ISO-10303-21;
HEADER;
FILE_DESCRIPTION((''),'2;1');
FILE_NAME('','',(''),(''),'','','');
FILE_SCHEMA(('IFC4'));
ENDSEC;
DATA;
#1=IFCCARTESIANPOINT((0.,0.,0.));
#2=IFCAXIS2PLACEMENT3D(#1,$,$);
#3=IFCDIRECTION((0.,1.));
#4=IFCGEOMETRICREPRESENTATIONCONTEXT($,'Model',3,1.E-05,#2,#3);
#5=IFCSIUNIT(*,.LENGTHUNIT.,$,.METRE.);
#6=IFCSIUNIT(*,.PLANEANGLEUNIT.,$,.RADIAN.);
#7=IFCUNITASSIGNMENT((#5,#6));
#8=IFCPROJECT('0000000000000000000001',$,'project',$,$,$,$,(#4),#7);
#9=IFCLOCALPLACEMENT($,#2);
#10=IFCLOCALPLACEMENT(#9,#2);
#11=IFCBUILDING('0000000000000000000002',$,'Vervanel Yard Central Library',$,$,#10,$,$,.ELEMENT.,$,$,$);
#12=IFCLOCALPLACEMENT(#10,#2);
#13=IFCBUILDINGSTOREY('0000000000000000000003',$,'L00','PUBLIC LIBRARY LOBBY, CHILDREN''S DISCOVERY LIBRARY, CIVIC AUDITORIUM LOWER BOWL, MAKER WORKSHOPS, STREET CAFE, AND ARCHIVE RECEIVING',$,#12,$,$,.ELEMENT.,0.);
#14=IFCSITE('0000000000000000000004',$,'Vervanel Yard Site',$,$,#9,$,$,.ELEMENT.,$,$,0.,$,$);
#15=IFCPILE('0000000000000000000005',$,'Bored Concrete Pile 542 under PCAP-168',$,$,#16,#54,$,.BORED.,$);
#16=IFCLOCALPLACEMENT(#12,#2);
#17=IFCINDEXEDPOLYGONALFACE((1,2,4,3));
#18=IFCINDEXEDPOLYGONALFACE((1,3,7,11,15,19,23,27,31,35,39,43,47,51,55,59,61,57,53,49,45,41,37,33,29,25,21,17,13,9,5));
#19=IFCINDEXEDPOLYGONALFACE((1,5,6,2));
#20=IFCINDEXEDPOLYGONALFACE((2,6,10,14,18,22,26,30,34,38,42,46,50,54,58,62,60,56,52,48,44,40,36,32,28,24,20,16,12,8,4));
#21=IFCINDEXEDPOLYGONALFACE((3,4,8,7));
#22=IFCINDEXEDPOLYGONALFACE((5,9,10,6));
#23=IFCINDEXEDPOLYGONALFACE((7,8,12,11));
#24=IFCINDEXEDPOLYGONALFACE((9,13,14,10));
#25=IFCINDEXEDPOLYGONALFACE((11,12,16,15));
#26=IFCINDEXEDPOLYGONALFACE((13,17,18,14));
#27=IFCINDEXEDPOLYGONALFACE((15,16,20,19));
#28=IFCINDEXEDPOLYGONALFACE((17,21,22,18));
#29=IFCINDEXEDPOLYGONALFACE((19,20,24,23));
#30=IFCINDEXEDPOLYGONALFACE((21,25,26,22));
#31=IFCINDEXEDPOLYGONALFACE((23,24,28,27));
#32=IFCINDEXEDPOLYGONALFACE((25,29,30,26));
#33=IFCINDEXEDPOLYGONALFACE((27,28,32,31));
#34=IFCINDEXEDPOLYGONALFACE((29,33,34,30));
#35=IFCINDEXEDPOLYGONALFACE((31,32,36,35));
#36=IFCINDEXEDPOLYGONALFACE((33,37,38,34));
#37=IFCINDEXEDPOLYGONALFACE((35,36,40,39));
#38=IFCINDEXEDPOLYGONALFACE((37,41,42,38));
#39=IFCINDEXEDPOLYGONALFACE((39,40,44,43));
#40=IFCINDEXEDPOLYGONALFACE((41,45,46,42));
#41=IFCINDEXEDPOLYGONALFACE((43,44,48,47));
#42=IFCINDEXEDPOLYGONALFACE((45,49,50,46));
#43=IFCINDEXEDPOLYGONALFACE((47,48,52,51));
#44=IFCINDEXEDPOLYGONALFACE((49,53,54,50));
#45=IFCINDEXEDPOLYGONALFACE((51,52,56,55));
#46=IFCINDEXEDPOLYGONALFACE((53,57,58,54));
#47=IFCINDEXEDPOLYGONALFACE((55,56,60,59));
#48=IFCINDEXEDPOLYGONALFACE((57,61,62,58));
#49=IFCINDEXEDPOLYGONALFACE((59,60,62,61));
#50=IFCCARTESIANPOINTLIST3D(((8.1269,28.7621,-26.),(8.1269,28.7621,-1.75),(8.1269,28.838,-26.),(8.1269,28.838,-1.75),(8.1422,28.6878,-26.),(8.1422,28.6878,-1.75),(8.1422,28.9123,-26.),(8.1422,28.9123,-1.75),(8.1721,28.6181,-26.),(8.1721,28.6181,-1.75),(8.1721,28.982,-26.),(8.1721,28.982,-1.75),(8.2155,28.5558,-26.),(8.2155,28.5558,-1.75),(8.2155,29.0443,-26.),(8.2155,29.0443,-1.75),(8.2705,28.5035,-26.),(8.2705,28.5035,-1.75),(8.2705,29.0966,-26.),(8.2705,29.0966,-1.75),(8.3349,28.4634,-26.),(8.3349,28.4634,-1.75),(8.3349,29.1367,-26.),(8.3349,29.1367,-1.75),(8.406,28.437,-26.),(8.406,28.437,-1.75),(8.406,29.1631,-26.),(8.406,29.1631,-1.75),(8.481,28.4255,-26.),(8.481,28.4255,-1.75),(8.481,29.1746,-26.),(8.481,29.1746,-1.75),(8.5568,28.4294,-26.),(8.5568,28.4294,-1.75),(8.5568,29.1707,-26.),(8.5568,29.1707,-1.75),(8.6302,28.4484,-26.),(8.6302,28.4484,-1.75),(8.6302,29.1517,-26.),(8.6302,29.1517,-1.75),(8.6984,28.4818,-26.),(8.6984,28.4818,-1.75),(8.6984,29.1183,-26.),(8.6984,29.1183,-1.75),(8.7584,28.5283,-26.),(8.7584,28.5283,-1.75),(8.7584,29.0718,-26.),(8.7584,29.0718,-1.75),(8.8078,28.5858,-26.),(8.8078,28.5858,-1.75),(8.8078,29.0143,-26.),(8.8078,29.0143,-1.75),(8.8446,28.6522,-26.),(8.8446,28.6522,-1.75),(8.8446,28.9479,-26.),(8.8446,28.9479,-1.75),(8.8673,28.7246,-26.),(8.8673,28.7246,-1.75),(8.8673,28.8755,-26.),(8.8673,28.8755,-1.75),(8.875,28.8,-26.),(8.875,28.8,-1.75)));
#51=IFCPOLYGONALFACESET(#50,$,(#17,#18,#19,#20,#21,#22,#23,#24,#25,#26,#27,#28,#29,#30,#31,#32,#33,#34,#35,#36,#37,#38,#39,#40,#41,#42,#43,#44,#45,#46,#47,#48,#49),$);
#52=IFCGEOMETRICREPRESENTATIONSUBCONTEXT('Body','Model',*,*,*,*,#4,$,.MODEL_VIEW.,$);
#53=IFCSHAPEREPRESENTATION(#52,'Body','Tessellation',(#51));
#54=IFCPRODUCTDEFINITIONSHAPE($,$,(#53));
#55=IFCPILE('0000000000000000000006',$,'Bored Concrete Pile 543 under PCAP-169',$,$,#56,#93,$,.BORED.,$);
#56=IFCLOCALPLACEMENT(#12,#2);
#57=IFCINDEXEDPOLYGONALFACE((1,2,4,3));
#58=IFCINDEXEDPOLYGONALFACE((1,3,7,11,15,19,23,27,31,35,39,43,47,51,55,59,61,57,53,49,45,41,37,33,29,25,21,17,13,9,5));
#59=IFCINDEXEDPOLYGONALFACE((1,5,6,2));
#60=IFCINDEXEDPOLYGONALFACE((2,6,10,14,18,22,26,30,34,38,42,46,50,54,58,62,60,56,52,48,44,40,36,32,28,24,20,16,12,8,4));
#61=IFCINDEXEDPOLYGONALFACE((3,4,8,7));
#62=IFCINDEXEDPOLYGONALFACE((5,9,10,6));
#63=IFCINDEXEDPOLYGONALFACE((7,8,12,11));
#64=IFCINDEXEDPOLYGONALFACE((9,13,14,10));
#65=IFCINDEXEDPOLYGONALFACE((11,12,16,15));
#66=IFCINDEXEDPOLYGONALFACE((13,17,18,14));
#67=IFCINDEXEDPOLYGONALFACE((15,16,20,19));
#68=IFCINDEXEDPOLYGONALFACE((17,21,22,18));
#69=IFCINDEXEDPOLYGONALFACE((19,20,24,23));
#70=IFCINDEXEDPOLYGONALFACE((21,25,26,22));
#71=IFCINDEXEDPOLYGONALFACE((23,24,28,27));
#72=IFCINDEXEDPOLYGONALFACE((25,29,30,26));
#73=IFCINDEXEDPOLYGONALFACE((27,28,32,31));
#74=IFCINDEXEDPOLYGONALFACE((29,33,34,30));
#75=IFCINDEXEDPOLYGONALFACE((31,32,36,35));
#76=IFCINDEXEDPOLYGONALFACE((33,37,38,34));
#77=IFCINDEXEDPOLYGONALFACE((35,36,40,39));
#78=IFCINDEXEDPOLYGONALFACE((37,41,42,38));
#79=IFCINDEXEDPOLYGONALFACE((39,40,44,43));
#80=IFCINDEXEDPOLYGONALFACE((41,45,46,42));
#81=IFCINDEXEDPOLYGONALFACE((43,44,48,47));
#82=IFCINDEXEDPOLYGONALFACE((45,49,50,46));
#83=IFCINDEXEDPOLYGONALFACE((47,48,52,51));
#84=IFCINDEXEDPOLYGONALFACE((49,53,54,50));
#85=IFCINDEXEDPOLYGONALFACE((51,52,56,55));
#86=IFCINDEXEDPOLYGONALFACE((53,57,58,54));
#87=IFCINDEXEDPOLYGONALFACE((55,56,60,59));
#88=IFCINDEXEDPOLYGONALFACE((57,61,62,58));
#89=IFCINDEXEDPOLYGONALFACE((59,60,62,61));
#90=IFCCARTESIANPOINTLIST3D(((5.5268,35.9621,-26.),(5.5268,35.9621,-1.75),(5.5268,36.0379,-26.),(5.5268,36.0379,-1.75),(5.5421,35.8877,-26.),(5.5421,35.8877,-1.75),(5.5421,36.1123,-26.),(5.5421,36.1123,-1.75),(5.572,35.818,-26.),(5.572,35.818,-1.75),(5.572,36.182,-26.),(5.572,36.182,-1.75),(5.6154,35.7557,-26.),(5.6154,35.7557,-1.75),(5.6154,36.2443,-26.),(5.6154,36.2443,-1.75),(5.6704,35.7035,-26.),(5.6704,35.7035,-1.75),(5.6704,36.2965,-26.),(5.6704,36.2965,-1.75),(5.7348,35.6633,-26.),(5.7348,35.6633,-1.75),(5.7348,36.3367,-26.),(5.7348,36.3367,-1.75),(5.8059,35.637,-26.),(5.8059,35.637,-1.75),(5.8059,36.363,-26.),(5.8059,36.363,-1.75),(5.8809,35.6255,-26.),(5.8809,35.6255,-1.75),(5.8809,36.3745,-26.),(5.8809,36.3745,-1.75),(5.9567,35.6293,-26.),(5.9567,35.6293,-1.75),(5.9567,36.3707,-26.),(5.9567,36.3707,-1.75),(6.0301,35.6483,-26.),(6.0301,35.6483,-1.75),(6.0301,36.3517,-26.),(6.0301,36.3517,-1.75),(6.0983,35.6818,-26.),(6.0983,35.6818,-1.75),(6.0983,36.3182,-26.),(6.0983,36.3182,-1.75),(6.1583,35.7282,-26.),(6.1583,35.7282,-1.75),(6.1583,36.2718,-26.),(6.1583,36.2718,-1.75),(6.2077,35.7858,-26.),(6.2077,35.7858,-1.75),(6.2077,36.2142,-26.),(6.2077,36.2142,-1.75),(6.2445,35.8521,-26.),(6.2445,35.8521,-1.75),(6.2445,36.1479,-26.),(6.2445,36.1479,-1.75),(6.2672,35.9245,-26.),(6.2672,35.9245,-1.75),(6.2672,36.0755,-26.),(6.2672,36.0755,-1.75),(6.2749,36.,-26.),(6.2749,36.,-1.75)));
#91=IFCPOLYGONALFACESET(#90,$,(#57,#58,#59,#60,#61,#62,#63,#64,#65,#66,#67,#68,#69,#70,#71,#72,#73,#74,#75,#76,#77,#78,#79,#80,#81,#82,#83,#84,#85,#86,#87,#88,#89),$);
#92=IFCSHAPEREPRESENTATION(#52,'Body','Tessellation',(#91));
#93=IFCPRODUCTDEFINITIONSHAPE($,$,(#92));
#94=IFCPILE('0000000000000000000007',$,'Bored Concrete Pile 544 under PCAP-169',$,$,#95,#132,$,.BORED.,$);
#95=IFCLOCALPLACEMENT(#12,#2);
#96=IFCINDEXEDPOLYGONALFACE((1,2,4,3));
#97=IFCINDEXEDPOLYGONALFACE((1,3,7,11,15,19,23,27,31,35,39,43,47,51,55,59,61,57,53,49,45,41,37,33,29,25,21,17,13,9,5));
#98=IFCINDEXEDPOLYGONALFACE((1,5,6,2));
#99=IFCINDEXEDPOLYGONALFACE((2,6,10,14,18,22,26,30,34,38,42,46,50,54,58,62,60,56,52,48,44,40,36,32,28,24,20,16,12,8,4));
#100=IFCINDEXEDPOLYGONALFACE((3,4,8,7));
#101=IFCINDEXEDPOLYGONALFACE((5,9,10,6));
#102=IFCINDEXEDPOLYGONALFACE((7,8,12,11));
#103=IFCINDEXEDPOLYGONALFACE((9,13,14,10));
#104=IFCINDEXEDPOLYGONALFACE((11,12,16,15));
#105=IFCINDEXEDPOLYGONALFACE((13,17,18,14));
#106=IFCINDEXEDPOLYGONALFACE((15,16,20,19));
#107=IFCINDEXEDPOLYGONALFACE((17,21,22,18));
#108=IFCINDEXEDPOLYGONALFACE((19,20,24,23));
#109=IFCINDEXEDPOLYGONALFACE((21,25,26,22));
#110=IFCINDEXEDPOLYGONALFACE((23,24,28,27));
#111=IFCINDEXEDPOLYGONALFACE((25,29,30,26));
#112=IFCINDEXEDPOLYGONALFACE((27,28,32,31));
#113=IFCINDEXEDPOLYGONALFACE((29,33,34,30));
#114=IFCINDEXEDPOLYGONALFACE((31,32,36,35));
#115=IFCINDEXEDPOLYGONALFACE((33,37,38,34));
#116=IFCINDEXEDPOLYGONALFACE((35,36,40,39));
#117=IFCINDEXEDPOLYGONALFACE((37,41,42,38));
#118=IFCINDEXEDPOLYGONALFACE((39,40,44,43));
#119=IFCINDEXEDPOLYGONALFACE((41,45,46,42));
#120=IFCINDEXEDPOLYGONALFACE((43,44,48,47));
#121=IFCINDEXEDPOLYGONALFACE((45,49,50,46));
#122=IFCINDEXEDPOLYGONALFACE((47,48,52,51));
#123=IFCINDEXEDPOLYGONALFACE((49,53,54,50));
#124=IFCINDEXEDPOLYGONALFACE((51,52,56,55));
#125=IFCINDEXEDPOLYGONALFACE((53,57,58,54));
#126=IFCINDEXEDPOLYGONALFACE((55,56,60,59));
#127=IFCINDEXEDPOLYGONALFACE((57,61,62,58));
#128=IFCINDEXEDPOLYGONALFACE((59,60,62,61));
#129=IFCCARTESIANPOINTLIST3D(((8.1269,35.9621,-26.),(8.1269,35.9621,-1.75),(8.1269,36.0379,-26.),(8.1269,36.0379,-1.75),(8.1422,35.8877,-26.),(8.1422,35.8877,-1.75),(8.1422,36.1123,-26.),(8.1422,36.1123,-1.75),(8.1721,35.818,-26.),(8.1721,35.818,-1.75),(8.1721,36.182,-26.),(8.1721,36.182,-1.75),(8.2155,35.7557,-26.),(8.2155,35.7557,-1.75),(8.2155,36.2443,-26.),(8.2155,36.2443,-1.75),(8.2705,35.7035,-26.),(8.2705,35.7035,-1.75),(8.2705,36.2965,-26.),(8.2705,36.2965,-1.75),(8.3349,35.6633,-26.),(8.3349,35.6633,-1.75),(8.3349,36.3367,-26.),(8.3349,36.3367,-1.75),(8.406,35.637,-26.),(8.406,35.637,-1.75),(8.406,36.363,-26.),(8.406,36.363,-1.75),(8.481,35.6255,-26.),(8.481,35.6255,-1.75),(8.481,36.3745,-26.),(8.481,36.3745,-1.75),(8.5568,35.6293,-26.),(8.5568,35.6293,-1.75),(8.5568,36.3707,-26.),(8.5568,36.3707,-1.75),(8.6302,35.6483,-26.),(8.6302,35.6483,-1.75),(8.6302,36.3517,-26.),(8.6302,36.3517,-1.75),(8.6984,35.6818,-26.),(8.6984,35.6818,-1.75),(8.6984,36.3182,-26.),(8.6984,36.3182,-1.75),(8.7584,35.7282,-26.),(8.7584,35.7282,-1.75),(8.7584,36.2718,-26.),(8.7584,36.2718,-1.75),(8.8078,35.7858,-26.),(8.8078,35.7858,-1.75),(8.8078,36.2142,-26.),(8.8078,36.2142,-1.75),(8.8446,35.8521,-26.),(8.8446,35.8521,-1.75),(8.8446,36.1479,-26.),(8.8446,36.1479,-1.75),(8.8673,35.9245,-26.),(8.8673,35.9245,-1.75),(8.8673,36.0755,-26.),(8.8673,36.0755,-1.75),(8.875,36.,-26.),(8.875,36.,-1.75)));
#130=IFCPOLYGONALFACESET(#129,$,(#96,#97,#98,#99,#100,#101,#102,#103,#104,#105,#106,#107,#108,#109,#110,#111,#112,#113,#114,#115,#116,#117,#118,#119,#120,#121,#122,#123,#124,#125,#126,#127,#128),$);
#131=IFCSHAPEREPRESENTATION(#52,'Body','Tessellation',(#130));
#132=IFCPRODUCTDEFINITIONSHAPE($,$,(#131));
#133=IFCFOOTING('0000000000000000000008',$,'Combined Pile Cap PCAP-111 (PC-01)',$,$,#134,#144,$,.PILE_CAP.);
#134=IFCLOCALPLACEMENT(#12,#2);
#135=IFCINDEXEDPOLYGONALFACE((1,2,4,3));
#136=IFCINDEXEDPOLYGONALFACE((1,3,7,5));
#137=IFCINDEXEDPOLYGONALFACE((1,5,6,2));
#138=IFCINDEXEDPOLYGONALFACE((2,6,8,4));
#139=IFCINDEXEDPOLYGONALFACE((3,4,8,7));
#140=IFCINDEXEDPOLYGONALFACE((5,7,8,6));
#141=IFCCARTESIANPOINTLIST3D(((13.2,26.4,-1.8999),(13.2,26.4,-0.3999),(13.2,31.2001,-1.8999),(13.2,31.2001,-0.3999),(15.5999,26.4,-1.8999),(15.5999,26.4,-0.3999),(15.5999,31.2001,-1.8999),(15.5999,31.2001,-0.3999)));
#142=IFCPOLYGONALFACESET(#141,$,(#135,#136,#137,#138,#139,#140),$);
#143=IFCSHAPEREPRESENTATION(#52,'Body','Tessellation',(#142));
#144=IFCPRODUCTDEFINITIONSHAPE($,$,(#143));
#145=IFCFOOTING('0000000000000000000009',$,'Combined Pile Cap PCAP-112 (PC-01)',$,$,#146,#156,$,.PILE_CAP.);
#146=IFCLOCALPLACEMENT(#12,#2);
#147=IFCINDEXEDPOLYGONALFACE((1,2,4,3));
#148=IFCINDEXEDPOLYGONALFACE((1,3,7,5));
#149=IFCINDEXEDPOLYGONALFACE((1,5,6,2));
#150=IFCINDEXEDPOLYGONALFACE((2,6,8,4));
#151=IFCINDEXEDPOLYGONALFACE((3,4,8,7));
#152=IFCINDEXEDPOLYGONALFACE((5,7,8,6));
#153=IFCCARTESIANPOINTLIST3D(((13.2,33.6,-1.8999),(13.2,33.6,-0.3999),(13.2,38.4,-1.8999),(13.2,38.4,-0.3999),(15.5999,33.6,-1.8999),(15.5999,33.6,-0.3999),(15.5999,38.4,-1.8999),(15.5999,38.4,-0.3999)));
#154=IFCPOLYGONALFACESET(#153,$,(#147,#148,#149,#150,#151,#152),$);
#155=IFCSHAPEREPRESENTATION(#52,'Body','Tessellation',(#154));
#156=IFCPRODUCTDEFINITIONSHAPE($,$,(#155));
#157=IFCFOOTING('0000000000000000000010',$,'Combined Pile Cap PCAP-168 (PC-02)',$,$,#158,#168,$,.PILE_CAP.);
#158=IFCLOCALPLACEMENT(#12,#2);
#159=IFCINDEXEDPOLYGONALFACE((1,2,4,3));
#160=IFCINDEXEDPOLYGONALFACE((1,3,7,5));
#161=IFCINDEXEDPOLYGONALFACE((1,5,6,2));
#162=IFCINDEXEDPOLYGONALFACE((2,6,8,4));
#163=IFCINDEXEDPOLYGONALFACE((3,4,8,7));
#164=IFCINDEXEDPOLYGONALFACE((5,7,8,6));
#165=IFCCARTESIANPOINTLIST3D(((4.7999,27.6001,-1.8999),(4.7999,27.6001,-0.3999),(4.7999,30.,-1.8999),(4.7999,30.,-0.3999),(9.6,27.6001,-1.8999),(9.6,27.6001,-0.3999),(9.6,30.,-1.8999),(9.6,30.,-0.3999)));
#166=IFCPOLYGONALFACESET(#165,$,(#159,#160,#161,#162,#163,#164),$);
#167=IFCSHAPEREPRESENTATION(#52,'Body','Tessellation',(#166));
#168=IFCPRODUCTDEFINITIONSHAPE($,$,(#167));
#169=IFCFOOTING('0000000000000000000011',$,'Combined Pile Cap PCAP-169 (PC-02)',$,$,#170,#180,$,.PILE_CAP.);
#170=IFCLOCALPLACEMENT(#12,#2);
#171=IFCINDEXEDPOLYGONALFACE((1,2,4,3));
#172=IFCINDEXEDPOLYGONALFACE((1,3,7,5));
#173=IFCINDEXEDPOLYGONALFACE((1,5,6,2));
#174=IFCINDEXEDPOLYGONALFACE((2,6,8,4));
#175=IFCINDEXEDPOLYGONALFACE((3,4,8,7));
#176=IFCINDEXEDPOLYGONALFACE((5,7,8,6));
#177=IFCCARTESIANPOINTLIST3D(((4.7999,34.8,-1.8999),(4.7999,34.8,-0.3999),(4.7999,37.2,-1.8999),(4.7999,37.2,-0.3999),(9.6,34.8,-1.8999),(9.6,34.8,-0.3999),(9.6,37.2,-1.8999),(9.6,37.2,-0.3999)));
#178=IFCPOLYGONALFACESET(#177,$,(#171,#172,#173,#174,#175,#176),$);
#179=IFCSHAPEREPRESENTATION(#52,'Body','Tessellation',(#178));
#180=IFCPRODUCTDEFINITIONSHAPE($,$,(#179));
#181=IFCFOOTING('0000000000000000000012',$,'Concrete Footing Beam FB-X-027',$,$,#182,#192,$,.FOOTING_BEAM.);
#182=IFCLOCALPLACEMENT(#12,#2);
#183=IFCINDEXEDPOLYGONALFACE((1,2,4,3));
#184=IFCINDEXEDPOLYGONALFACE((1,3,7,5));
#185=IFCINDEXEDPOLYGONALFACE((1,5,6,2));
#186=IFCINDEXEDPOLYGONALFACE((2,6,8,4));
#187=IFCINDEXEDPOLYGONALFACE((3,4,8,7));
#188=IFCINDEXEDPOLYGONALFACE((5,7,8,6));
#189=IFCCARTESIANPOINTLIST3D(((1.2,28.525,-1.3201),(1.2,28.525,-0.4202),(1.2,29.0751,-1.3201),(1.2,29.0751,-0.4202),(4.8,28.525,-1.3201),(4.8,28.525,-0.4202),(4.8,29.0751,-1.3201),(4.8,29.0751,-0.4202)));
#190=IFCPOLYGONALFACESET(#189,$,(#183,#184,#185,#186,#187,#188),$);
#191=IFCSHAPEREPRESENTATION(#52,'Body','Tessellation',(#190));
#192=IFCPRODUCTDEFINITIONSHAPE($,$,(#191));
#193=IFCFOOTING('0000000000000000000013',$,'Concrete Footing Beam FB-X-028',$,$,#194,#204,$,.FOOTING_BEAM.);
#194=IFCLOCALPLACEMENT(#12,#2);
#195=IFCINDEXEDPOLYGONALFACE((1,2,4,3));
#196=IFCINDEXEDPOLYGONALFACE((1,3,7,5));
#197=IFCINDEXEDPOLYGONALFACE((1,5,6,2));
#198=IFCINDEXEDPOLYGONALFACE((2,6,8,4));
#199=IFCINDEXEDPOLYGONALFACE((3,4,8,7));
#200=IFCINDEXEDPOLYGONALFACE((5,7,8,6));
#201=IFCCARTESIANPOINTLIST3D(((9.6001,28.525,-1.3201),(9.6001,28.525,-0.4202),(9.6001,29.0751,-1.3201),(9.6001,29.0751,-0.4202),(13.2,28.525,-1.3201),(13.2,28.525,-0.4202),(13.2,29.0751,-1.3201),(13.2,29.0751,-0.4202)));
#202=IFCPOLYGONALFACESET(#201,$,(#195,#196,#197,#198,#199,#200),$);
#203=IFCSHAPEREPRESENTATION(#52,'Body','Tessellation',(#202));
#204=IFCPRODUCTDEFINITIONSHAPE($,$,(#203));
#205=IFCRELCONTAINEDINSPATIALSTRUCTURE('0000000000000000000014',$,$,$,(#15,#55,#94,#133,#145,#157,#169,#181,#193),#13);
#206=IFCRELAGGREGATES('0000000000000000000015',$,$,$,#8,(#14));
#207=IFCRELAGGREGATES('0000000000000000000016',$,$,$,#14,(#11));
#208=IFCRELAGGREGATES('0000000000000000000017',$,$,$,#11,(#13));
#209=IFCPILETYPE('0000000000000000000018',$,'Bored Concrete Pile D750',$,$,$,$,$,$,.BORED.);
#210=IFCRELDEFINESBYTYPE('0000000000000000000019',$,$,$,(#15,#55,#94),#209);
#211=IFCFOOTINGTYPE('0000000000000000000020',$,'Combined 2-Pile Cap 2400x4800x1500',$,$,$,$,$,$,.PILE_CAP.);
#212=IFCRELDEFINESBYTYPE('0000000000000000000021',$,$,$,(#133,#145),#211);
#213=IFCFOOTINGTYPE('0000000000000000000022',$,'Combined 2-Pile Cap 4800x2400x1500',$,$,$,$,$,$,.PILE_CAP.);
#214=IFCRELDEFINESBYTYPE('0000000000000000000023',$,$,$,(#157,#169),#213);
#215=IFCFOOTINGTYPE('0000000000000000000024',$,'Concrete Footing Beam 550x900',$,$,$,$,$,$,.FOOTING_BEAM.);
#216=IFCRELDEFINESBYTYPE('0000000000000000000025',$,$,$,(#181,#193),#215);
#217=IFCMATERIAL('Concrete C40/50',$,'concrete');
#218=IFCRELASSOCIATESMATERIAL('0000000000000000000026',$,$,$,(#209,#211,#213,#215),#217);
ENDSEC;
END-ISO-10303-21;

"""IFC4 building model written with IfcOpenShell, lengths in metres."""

from ifc_helpers import new_model, si_unit, direction, frame, origin, origin_2d, place, context, subcontext, project, spatial, rectangle, circle, extrude, material, material_profile, profile_set, type_object, element, save


model = new_model("IFC4")

# Units and contexts
model_context = context("Model", 3, precision=1e-05, world=origin(), true_north=direction((0.0, 1.0)))
body_context = subcontext(model_context, "Body", "Model", "MODEL_VIEW")
ifc_project = project(units=[si_unit("LENGTHUNIT", "METRE"), si_unit("PLANEANGLEUNIT", "RADIAN")], contexts=[model_context])

# Site, building, storey
site_placement = place(None, origin())
site = spatial("IfcSite", under=ifc_project, at=site_placement, Name="Vervanel Yard Site", CompositionType="ELEMENT", RefElevation=0.0)
building_placement = place(site_placement, origin())
building = spatial("IfcBuilding", under=site, at=building_placement, Name="Vervanel Yard Central Library", CompositionType="ELEMENT")
storey_placement = place(building_placement, origin())
storey = spatial("IfcBuildingStorey", under=building, at=storey_placement, Name="L00", Description="PUBLIC LIBRARY LOBBY, CHILDREN'S DISCOVERY LIBRARY, CIVIC AUDITORIUM LOWER BOWL, MAKER WORKSHOPS, STREET CAFE, AND ARCHIVE RECEIVING", CompositionType="ELEMENT", Elevation=0.0)

# Piles
ifc_material_1 = material(Name="Concrete C40/50", Category="concrete")
ifc_material_profile_1 = material_profile(ifc_material_1, circle(Radius=0.375, at=origin_2d()), Name="BP D750", Category="concrete")
ifc_profile_set_1 = profile_set([ifc_material_profile_1], Name="Concrete C40/50")
pile_type = type_object("IfcPileType", Name="Bored Concrete Pile D750", PredefinedType="BORED", material=ifc_profile_set_1)
for number, where, z_axis, x_axis, name in (
    (1, (8.5, 28.8, -1.75), (0.0, 0.0, -1.0), (1.0, 0.0, 0.0), "Bored Concrete Pile 542 under PCAP-168"),
    (2, (5.8999, 36.0, -1.75), (0.0, 0.0, -1.0), (1.0, 0.0, 0.0), "Bored Concrete Pile 543 under PCAP-169"),
    (3, (8.5, 36.0, -1.75), (0.0, 0.0, -1.0), (1.0, 0.0, 0.0), "Bored Concrete Pile 544 under PCAP-169"),
):
    element("IfcPile", number, at=place(storey_placement, frame(where, z_axis=z_axis, x_axis=x_axis)), inside=storey, type_object=pile_type, Name=name, PredefinedType="BORED", context=body_context, shape_type="SweptSolid", body=[
        extrude(circle(Radius=0.375, at=origin_2d()), origin(), (0.0, 0.0, 1.0), 24.25),
    ])

# Footings
footing_type_1 = type_object("IfcFootingType", Name="Combined 2-Pile Cap 2400x4800x1500", PredefinedType="PILE_CAP", material=ifc_material_1)
for number, where, z_axis, x_axis, name in (
    (4, (14.3999, 28.8, -1.8999), (0.0, 0.0, 1.0), (1.0, 0.0, 0.0), "Combined Pile Cap PCAP-111 (PC-01)"),
    (5, (14.3999, 36.0, -1.8999), (0.0, 0.0, 1.0), (1.0, 0.0, 0.0), "Combined Pile Cap PCAP-112 (PC-01)"),
):
    element("IfcFooting", number, at=place(storey_placement, frame(where, z_axis=z_axis, x_axis=x_axis)), inside=storey, type_object=footing_type_1, Name=name, PredefinedType="PILE_CAP", context=body_context, shape_type="SweptSolid", body=[
        extrude(rectangle(XDim=2.3999, YDim=4.8, at=origin_2d()), origin(), (0.0, 0.0, 1.0), 1.5),
    ])
footing_type_2 = type_object("IfcFootingType", Name="Combined 2-Pile Cap 4800x2400x1500", PredefinedType="PILE_CAP", material=ifc_material_1)
for number, where, z_axis, x_axis, name in (
    (6, (7.2, 28.8, -1.8999), (0.0, 0.0, 1.0), (1.0, 0.0, 0.0), "Combined Pile Cap PCAP-168 (PC-02)"),
    (7, (7.2, 36.0, -1.8999), (0.0, 0.0, 1.0), (1.0, 0.0, 0.0), "Combined Pile Cap PCAP-169 (PC-02)"),
):
    element("IfcFooting", number, at=place(storey_placement, frame(where, z_axis=z_axis, x_axis=x_axis)), inside=storey, type_object=footing_type_2, Name=name, PredefinedType="PILE_CAP", context=body_context, shape_type="SweptSolid", body=[
        extrude(rectangle(XDim=4.8, YDim=2.3999, at=origin_2d()), origin(), (0.0, 0.0, 1.0), 1.5),
    ])
ifc_material_profile_2 = material_profile(ifc_material_1, rectangle(XDim=0.55, YDim=0.8999, at=origin_2d()), Name="RC 550x900", Category="concrete")
ifc_profile_set_2 = profile_set([ifc_material_profile_2], Name="Concrete C40/50")
footing_type_3 = type_object("IfcFootingType", Name="Concrete Footing Beam 550x900", PredefinedType="FOOTING_BEAM", material=ifc_profile_set_2)
footing_1_placement = place(storey_placement, frame((1.2, 28.8, -0.8701), z_axis=(1.0, 0.0, 0.0), x_axis=(0.0, 1.0, 0.0)))
element("IfcFooting", 8, at=footing_1_placement, inside=storey, type_object=footing_type_3, Name="Concrete Footing Beam FB-X-027", PredefinedType="FOOTING_BEAM", context=body_context, shape_type="SweptSolid", body=[
    extrude(rectangle(XDim=0.55, YDim=0.8999, at=origin_2d()), origin(), (0.0, 0.0, 1.0), 3.6001),
])
footing_2_placement = place(storey_placement, frame((9.6001, 28.8, -0.8701), z_axis=(1.0, 0.0, 0.0), x_axis=(0.0, 1.0, 0.0)))
element("IfcFooting", 9, at=footing_2_placement, inside=storey, type_object=footing_type_3, Name="Concrete Footing Beam FB-X-028", PredefinedType="FOOTING_BEAM", context=body_context, shape_type="SweptSolid", body=[
    extrude(rectangle(XDim=0.55, YDim=0.8999, at=origin_2d()), origin(), (0.0, 0.0, 1.0), 3.5999),
])

save(model, "model.ifc")
